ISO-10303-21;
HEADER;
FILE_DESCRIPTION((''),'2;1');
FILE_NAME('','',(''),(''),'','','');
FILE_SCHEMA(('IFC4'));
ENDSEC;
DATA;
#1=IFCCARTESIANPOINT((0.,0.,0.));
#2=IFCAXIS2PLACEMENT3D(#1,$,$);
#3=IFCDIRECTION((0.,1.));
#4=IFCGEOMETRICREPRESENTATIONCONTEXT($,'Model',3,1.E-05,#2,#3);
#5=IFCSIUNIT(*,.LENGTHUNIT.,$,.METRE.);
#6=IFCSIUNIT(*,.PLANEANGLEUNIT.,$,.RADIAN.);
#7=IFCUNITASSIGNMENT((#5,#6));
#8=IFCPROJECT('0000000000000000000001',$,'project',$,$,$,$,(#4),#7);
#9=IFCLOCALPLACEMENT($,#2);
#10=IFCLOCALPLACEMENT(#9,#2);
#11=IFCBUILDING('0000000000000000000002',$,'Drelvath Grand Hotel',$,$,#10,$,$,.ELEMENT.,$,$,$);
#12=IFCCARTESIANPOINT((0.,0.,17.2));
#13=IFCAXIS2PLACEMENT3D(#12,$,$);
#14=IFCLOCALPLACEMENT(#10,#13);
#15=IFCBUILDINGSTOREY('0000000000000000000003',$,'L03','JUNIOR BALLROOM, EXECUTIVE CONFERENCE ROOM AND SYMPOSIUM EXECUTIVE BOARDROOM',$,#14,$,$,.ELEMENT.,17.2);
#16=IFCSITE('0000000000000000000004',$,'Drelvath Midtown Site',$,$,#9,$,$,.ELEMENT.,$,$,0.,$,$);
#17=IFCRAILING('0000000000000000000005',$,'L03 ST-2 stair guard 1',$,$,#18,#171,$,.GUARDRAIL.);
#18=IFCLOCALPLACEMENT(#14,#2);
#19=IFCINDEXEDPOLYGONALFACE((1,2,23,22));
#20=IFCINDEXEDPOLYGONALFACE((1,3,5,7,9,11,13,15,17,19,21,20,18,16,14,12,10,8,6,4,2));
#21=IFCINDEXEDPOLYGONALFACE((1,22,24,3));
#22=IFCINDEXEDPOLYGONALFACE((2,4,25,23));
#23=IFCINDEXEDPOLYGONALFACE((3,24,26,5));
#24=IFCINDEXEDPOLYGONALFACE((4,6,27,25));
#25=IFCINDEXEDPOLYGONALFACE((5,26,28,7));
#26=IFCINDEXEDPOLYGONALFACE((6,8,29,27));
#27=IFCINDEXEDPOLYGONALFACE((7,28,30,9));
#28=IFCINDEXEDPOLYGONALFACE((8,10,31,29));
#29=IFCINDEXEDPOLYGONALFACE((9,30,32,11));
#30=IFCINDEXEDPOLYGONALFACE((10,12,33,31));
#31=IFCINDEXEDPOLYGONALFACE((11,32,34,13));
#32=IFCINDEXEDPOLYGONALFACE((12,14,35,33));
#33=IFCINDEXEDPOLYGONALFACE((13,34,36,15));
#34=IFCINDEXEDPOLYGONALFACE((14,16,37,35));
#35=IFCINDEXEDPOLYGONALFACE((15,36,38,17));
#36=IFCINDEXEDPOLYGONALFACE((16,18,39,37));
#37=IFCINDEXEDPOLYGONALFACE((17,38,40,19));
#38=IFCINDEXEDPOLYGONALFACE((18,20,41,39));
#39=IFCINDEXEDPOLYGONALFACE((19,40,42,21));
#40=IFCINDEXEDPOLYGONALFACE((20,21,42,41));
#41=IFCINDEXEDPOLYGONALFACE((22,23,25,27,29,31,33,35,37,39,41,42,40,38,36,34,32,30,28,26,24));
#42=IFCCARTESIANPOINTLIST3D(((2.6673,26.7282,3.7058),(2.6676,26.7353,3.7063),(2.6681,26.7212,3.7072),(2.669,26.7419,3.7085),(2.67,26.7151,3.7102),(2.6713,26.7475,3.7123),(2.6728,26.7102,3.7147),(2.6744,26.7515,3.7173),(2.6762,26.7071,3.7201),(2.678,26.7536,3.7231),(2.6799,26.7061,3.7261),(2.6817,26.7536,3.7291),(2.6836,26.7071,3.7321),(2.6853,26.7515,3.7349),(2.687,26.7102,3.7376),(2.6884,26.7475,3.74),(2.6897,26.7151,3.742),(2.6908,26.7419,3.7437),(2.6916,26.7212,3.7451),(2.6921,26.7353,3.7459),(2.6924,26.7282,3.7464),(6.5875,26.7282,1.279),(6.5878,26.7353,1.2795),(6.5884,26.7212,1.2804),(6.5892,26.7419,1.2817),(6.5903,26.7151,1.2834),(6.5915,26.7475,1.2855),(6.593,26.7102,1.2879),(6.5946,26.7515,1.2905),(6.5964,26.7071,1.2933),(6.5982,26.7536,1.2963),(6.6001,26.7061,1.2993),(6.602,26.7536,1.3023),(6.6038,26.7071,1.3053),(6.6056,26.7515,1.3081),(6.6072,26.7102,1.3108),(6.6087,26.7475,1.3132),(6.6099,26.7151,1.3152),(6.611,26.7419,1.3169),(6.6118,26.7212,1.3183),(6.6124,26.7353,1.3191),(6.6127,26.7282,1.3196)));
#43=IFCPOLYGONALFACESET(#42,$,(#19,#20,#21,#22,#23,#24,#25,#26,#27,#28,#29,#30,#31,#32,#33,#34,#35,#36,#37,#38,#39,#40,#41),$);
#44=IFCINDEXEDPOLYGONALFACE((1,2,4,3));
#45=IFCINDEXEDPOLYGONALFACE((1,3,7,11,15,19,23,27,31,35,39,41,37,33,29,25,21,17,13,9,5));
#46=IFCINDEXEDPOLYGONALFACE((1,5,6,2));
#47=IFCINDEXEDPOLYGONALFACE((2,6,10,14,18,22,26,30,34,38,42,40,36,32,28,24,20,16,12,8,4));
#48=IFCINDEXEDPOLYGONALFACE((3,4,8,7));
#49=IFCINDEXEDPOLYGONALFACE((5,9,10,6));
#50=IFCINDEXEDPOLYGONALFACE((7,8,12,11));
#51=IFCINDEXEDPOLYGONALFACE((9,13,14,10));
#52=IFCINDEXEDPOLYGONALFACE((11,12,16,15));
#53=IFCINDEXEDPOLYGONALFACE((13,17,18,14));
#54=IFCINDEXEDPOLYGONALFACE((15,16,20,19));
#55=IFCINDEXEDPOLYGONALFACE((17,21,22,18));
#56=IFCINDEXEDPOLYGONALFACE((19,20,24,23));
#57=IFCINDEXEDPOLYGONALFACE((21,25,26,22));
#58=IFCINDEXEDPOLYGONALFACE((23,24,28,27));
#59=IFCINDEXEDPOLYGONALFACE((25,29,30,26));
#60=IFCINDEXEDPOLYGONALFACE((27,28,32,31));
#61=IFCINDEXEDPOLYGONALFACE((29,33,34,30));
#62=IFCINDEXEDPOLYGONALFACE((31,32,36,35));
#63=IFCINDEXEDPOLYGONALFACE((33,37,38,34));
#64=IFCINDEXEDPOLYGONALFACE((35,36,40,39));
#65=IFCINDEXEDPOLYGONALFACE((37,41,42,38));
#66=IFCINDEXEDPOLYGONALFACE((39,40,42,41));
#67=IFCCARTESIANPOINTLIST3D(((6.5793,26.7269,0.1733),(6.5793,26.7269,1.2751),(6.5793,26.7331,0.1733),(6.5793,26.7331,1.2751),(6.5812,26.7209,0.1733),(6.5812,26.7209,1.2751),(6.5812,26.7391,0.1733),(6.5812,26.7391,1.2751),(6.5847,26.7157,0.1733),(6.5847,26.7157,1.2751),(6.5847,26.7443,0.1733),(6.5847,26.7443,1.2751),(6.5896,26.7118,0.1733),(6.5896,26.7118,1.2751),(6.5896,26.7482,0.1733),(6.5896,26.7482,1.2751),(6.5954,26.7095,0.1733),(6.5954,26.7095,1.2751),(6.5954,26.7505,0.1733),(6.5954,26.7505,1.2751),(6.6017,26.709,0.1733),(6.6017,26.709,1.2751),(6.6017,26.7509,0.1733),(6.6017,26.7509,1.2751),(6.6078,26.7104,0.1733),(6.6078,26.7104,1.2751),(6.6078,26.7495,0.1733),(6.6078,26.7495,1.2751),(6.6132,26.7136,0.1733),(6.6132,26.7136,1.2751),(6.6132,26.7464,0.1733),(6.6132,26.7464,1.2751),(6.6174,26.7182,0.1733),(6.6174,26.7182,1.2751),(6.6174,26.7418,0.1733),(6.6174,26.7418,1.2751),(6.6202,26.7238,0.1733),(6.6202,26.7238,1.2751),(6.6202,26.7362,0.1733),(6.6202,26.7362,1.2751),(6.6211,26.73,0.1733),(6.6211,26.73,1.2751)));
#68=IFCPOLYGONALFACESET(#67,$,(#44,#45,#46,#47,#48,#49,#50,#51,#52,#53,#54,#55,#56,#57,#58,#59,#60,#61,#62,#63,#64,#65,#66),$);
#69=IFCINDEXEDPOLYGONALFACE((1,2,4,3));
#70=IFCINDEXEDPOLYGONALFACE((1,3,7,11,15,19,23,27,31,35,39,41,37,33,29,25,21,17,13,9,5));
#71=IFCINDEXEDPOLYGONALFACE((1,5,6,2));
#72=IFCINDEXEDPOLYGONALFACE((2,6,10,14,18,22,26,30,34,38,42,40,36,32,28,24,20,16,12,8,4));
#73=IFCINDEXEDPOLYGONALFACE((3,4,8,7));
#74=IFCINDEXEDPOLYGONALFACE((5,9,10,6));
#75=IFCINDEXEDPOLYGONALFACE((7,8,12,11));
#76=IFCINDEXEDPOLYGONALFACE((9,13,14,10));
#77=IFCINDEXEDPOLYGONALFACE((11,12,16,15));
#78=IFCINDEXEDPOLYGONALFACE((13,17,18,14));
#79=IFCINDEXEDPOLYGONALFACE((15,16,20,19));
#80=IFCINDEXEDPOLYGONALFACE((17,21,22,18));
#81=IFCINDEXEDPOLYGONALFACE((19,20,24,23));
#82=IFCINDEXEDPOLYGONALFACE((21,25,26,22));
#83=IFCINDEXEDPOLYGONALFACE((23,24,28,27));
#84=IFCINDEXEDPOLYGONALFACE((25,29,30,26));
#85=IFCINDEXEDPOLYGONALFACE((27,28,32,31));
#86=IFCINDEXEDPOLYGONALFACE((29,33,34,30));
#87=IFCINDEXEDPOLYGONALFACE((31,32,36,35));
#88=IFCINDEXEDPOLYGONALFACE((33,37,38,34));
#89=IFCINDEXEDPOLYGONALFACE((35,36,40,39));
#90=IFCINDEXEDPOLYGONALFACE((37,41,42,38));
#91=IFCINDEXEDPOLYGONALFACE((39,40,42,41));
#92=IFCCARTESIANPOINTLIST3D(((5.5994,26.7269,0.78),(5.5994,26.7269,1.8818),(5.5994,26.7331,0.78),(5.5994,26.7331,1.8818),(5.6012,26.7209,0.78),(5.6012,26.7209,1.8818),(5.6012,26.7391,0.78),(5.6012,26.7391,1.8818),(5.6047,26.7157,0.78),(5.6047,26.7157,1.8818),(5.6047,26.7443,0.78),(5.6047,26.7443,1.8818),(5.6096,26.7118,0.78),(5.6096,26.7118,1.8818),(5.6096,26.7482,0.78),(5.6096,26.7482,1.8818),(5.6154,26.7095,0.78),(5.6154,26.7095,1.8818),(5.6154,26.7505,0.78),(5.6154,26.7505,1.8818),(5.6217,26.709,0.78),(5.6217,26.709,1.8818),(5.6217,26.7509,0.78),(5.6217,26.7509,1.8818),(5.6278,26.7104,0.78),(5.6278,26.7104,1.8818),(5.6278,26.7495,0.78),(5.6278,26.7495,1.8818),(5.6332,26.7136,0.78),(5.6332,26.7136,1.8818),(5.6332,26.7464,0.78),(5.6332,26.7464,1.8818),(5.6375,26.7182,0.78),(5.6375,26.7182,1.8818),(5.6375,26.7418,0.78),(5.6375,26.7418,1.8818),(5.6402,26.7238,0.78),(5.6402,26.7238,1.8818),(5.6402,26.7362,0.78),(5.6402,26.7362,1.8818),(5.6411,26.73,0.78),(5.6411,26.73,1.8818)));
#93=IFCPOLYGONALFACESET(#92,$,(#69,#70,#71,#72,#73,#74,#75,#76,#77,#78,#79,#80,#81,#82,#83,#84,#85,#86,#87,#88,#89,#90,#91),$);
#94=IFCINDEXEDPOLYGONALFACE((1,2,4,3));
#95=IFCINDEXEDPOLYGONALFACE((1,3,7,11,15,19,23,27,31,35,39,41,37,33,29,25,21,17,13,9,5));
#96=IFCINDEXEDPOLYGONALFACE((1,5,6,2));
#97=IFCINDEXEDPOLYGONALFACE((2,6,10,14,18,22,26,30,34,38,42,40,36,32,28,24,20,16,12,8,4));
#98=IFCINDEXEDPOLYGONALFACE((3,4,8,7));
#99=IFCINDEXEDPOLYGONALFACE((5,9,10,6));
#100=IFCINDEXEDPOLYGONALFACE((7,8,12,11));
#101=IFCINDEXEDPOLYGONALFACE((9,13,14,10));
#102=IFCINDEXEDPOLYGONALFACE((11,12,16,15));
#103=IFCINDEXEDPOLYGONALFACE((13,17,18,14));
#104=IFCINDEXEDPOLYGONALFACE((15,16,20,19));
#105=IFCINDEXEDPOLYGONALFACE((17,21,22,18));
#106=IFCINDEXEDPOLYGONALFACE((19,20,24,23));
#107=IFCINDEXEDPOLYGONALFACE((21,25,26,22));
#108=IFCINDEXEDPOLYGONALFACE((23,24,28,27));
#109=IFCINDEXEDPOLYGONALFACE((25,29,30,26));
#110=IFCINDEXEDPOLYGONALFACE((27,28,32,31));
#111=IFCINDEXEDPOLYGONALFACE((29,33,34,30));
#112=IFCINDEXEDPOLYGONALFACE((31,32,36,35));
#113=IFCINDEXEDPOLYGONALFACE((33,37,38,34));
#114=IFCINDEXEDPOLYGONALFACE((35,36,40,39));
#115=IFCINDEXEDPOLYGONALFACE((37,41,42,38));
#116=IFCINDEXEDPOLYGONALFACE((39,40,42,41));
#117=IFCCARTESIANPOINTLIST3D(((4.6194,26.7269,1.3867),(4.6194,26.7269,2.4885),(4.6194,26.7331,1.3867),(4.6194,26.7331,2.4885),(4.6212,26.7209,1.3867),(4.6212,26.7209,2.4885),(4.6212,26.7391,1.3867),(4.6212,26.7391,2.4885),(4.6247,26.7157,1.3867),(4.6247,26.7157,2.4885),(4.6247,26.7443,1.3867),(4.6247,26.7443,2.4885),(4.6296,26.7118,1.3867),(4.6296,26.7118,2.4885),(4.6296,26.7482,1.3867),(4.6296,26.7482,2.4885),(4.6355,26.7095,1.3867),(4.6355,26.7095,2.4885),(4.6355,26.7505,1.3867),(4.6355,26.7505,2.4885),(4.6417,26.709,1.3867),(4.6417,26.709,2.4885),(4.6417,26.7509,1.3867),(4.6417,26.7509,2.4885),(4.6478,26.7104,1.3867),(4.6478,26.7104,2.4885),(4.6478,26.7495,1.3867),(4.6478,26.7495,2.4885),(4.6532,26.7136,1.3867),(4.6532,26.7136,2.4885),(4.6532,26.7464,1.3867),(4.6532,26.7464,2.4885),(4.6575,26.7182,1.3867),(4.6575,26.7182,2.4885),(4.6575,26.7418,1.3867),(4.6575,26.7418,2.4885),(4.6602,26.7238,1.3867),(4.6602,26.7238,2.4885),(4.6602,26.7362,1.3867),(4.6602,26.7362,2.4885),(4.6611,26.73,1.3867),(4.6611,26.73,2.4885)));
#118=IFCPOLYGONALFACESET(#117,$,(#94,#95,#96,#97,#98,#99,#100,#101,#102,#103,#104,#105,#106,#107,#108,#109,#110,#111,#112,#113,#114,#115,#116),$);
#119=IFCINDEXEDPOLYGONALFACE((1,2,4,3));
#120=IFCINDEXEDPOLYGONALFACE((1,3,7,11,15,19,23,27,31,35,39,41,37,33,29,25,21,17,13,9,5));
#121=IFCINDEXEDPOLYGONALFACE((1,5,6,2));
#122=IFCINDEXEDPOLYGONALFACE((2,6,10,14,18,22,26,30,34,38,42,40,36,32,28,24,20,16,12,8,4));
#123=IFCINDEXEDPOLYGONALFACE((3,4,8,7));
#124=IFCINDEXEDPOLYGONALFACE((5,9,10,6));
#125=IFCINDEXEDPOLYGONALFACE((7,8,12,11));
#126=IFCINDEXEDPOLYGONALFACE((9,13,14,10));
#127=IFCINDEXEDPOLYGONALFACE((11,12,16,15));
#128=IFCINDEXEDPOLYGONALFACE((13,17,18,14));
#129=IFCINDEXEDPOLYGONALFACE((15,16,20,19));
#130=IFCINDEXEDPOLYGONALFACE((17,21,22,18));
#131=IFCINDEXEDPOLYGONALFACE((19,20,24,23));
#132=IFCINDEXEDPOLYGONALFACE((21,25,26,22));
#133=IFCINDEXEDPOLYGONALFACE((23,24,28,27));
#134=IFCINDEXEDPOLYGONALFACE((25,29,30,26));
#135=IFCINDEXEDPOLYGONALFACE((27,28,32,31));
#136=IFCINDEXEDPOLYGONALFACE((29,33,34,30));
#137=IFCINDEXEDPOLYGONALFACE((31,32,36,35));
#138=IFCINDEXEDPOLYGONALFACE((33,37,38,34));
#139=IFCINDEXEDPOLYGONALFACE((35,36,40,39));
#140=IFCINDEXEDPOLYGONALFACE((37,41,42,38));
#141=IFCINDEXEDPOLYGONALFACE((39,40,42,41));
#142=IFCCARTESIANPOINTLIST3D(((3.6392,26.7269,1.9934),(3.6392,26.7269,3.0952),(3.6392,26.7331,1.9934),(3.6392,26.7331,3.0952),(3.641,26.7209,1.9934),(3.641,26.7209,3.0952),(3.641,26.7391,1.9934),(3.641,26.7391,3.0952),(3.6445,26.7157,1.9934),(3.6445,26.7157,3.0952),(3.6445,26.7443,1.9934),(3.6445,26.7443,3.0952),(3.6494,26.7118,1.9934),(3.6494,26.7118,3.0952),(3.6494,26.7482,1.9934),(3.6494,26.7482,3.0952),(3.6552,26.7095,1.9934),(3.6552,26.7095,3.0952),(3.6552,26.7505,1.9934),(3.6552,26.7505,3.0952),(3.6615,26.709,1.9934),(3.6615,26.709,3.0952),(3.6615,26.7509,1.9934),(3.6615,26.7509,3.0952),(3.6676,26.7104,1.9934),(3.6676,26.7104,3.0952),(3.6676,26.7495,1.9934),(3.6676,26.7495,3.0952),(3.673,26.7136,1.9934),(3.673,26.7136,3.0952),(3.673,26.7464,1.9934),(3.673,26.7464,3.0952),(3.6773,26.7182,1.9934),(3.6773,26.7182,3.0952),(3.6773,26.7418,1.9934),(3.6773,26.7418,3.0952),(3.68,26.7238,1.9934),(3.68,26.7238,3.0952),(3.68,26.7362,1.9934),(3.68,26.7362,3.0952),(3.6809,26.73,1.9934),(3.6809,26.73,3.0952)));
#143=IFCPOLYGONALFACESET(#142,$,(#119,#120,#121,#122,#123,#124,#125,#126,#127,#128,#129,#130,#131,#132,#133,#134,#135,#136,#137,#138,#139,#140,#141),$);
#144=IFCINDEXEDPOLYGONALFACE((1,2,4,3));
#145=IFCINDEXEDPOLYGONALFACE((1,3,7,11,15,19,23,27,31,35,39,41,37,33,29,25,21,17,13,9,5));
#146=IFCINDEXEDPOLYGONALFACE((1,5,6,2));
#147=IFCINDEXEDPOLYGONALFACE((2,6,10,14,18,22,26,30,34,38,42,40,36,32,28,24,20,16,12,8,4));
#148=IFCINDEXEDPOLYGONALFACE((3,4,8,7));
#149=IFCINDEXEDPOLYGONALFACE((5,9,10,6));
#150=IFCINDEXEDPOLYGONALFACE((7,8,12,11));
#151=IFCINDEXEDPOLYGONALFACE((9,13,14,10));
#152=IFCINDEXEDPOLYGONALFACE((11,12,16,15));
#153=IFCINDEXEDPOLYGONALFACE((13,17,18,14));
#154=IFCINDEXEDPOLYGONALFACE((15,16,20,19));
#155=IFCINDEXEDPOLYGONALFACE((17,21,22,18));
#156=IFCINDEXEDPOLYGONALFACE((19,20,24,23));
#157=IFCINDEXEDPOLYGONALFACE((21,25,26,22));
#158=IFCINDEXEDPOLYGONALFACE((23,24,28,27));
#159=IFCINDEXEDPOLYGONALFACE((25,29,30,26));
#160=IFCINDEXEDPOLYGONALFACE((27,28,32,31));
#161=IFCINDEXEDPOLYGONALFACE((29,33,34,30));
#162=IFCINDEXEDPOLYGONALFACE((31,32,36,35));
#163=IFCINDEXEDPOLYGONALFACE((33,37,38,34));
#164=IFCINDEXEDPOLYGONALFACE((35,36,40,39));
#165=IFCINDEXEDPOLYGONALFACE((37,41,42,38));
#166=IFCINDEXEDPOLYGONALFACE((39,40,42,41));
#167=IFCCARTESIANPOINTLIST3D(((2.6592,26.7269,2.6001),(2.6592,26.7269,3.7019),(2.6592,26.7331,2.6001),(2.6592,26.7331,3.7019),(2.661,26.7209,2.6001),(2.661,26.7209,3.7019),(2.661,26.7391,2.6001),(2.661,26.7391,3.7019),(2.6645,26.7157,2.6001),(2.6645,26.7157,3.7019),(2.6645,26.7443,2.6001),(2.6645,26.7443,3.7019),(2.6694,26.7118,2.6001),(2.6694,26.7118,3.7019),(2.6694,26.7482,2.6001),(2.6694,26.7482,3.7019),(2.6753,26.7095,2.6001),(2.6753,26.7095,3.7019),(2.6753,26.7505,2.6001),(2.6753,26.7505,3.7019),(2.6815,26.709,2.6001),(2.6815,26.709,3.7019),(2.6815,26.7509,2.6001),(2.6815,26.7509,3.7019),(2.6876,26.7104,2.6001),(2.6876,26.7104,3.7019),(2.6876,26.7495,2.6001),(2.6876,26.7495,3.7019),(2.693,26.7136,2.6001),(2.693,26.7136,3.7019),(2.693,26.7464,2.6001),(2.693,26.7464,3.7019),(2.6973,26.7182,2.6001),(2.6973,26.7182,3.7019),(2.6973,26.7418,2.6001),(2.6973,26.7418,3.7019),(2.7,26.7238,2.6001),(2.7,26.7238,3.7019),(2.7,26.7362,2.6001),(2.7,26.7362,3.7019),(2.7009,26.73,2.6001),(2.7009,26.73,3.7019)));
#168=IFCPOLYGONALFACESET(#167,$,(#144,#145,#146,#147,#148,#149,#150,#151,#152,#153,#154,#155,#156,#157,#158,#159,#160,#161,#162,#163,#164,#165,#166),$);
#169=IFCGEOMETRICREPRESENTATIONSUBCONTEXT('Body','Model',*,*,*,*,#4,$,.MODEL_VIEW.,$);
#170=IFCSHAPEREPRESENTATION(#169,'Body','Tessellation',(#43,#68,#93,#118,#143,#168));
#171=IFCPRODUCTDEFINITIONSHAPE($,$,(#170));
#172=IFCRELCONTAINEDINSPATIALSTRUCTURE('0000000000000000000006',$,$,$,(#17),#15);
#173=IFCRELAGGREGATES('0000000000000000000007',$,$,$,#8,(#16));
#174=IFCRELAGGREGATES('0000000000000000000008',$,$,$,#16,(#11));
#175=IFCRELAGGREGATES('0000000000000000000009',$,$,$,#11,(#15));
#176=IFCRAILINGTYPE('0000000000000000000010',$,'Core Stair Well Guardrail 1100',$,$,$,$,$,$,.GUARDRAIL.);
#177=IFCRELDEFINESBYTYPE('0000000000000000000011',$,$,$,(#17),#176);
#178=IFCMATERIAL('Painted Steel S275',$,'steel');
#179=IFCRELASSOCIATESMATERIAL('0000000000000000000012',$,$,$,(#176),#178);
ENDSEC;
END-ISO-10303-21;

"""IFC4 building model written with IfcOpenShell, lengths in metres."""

from ifc_helpers import new_model, si_unit, direction, frame, origin, origin_2d, place, context, subcontext, project, spatial, circle, extrude, material, type_object, element, save


model = new_model("IFC4")

# Units and contexts
model_context = context("Model", 3, precision=1e-05, world=origin(), true_north=direction((0.0, 1.0)))
body_context = subcontext(model_context, "Body", "Model", "MODEL_VIEW")
ifc_project = project(units=[si_unit("LENGTHUNIT", "METRE"), si_unit("PLANEANGLEUNIT", "RADIAN")], contexts=[model_context])

# Site, building, storey
site_placement = place(None, origin())
site = spatial("IfcSite", under=ifc_project, at=site_placement, Name="Drelvath Midtown Site", CompositionType="ELEMENT", RefElevation=0.0)
building_placement = place(site_placement, origin())
building = spatial("IfcBuilding", under=site, at=building_placement, Name="Drelvath Grand Hotel", CompositionType="ELEMENT")
storey_placement = place(building_placement, frame((0.0, 0.0, 17.2)))
storey = spatial("IfcBuildingStorey", under=building, at=storey_placement, Name="L03", Description="JUNIOR BALLROOM, EXECUTIVE CONFERENCE ROOM AND SYMPOSIUM EXECUTIVE BOARDROOM", CompositionType="ELEMENT", Elevation=17.2)

# Shared definitions
ifc_material_1 = material(Name="Painted Steel S275", Category="steel")

# Railing
railing_type_1 = type_object("IfcRailingType", Name="Core Stair Well Guardrail 1100", PredefinedType="GUARDRAIL", material=ifc_material_1)
railing_1_placement = place(storey_placement, frame((6.6001, 26.73, 0.1733)))
element("IfcRailing", 1, at=railing_1_placement, inside=storey, type_object=railing_type_1, Name="L03 ST-2 stair guard 1", PredefinedType="GUARDRAIL", context=body_context, shape_type="SweptSolid", body=[
    extrude(circle(Radius=0.0239, at=origin_2d()), frame((0.0, 0.0, 1.126), z_axis=(-0.850266, 0.0, 0.526353), x_axis=(0.0, -1.0, 0.0)), (0.0, 0.0, 1.0), 4.6106),
    extrude(circle(Radius=0.021, at=origin_2d()), origin(), (0.0, 0.0, 1.0), 1.1018),
    extrude(circle(Radius=0.021, at=origin_2d()), frame((-0.98, 0.0, 0.6067)), (0.0, 0.0, 1.0), 1.1018),
    extrude(circle(Radius=0.021, at=origin_2d()), frame((-1.96, 0.0, 1.2134)), (0.0, 0.0, 1.0), 1.1018),
    extrude(circle(Radius=0.021, at=origin_2d()), frame((-2.9402, 0.0, 1.8201)), (0.0, 0.0, 1.0), 1.1018),
    extrude(circle(Radius=0.021, at=origin_2d()), frame((-3.9202, 0.0, 2.4268)), (0.0, 0.0, 1.0), 1.1018),
])

save(model, "model.ifc")
